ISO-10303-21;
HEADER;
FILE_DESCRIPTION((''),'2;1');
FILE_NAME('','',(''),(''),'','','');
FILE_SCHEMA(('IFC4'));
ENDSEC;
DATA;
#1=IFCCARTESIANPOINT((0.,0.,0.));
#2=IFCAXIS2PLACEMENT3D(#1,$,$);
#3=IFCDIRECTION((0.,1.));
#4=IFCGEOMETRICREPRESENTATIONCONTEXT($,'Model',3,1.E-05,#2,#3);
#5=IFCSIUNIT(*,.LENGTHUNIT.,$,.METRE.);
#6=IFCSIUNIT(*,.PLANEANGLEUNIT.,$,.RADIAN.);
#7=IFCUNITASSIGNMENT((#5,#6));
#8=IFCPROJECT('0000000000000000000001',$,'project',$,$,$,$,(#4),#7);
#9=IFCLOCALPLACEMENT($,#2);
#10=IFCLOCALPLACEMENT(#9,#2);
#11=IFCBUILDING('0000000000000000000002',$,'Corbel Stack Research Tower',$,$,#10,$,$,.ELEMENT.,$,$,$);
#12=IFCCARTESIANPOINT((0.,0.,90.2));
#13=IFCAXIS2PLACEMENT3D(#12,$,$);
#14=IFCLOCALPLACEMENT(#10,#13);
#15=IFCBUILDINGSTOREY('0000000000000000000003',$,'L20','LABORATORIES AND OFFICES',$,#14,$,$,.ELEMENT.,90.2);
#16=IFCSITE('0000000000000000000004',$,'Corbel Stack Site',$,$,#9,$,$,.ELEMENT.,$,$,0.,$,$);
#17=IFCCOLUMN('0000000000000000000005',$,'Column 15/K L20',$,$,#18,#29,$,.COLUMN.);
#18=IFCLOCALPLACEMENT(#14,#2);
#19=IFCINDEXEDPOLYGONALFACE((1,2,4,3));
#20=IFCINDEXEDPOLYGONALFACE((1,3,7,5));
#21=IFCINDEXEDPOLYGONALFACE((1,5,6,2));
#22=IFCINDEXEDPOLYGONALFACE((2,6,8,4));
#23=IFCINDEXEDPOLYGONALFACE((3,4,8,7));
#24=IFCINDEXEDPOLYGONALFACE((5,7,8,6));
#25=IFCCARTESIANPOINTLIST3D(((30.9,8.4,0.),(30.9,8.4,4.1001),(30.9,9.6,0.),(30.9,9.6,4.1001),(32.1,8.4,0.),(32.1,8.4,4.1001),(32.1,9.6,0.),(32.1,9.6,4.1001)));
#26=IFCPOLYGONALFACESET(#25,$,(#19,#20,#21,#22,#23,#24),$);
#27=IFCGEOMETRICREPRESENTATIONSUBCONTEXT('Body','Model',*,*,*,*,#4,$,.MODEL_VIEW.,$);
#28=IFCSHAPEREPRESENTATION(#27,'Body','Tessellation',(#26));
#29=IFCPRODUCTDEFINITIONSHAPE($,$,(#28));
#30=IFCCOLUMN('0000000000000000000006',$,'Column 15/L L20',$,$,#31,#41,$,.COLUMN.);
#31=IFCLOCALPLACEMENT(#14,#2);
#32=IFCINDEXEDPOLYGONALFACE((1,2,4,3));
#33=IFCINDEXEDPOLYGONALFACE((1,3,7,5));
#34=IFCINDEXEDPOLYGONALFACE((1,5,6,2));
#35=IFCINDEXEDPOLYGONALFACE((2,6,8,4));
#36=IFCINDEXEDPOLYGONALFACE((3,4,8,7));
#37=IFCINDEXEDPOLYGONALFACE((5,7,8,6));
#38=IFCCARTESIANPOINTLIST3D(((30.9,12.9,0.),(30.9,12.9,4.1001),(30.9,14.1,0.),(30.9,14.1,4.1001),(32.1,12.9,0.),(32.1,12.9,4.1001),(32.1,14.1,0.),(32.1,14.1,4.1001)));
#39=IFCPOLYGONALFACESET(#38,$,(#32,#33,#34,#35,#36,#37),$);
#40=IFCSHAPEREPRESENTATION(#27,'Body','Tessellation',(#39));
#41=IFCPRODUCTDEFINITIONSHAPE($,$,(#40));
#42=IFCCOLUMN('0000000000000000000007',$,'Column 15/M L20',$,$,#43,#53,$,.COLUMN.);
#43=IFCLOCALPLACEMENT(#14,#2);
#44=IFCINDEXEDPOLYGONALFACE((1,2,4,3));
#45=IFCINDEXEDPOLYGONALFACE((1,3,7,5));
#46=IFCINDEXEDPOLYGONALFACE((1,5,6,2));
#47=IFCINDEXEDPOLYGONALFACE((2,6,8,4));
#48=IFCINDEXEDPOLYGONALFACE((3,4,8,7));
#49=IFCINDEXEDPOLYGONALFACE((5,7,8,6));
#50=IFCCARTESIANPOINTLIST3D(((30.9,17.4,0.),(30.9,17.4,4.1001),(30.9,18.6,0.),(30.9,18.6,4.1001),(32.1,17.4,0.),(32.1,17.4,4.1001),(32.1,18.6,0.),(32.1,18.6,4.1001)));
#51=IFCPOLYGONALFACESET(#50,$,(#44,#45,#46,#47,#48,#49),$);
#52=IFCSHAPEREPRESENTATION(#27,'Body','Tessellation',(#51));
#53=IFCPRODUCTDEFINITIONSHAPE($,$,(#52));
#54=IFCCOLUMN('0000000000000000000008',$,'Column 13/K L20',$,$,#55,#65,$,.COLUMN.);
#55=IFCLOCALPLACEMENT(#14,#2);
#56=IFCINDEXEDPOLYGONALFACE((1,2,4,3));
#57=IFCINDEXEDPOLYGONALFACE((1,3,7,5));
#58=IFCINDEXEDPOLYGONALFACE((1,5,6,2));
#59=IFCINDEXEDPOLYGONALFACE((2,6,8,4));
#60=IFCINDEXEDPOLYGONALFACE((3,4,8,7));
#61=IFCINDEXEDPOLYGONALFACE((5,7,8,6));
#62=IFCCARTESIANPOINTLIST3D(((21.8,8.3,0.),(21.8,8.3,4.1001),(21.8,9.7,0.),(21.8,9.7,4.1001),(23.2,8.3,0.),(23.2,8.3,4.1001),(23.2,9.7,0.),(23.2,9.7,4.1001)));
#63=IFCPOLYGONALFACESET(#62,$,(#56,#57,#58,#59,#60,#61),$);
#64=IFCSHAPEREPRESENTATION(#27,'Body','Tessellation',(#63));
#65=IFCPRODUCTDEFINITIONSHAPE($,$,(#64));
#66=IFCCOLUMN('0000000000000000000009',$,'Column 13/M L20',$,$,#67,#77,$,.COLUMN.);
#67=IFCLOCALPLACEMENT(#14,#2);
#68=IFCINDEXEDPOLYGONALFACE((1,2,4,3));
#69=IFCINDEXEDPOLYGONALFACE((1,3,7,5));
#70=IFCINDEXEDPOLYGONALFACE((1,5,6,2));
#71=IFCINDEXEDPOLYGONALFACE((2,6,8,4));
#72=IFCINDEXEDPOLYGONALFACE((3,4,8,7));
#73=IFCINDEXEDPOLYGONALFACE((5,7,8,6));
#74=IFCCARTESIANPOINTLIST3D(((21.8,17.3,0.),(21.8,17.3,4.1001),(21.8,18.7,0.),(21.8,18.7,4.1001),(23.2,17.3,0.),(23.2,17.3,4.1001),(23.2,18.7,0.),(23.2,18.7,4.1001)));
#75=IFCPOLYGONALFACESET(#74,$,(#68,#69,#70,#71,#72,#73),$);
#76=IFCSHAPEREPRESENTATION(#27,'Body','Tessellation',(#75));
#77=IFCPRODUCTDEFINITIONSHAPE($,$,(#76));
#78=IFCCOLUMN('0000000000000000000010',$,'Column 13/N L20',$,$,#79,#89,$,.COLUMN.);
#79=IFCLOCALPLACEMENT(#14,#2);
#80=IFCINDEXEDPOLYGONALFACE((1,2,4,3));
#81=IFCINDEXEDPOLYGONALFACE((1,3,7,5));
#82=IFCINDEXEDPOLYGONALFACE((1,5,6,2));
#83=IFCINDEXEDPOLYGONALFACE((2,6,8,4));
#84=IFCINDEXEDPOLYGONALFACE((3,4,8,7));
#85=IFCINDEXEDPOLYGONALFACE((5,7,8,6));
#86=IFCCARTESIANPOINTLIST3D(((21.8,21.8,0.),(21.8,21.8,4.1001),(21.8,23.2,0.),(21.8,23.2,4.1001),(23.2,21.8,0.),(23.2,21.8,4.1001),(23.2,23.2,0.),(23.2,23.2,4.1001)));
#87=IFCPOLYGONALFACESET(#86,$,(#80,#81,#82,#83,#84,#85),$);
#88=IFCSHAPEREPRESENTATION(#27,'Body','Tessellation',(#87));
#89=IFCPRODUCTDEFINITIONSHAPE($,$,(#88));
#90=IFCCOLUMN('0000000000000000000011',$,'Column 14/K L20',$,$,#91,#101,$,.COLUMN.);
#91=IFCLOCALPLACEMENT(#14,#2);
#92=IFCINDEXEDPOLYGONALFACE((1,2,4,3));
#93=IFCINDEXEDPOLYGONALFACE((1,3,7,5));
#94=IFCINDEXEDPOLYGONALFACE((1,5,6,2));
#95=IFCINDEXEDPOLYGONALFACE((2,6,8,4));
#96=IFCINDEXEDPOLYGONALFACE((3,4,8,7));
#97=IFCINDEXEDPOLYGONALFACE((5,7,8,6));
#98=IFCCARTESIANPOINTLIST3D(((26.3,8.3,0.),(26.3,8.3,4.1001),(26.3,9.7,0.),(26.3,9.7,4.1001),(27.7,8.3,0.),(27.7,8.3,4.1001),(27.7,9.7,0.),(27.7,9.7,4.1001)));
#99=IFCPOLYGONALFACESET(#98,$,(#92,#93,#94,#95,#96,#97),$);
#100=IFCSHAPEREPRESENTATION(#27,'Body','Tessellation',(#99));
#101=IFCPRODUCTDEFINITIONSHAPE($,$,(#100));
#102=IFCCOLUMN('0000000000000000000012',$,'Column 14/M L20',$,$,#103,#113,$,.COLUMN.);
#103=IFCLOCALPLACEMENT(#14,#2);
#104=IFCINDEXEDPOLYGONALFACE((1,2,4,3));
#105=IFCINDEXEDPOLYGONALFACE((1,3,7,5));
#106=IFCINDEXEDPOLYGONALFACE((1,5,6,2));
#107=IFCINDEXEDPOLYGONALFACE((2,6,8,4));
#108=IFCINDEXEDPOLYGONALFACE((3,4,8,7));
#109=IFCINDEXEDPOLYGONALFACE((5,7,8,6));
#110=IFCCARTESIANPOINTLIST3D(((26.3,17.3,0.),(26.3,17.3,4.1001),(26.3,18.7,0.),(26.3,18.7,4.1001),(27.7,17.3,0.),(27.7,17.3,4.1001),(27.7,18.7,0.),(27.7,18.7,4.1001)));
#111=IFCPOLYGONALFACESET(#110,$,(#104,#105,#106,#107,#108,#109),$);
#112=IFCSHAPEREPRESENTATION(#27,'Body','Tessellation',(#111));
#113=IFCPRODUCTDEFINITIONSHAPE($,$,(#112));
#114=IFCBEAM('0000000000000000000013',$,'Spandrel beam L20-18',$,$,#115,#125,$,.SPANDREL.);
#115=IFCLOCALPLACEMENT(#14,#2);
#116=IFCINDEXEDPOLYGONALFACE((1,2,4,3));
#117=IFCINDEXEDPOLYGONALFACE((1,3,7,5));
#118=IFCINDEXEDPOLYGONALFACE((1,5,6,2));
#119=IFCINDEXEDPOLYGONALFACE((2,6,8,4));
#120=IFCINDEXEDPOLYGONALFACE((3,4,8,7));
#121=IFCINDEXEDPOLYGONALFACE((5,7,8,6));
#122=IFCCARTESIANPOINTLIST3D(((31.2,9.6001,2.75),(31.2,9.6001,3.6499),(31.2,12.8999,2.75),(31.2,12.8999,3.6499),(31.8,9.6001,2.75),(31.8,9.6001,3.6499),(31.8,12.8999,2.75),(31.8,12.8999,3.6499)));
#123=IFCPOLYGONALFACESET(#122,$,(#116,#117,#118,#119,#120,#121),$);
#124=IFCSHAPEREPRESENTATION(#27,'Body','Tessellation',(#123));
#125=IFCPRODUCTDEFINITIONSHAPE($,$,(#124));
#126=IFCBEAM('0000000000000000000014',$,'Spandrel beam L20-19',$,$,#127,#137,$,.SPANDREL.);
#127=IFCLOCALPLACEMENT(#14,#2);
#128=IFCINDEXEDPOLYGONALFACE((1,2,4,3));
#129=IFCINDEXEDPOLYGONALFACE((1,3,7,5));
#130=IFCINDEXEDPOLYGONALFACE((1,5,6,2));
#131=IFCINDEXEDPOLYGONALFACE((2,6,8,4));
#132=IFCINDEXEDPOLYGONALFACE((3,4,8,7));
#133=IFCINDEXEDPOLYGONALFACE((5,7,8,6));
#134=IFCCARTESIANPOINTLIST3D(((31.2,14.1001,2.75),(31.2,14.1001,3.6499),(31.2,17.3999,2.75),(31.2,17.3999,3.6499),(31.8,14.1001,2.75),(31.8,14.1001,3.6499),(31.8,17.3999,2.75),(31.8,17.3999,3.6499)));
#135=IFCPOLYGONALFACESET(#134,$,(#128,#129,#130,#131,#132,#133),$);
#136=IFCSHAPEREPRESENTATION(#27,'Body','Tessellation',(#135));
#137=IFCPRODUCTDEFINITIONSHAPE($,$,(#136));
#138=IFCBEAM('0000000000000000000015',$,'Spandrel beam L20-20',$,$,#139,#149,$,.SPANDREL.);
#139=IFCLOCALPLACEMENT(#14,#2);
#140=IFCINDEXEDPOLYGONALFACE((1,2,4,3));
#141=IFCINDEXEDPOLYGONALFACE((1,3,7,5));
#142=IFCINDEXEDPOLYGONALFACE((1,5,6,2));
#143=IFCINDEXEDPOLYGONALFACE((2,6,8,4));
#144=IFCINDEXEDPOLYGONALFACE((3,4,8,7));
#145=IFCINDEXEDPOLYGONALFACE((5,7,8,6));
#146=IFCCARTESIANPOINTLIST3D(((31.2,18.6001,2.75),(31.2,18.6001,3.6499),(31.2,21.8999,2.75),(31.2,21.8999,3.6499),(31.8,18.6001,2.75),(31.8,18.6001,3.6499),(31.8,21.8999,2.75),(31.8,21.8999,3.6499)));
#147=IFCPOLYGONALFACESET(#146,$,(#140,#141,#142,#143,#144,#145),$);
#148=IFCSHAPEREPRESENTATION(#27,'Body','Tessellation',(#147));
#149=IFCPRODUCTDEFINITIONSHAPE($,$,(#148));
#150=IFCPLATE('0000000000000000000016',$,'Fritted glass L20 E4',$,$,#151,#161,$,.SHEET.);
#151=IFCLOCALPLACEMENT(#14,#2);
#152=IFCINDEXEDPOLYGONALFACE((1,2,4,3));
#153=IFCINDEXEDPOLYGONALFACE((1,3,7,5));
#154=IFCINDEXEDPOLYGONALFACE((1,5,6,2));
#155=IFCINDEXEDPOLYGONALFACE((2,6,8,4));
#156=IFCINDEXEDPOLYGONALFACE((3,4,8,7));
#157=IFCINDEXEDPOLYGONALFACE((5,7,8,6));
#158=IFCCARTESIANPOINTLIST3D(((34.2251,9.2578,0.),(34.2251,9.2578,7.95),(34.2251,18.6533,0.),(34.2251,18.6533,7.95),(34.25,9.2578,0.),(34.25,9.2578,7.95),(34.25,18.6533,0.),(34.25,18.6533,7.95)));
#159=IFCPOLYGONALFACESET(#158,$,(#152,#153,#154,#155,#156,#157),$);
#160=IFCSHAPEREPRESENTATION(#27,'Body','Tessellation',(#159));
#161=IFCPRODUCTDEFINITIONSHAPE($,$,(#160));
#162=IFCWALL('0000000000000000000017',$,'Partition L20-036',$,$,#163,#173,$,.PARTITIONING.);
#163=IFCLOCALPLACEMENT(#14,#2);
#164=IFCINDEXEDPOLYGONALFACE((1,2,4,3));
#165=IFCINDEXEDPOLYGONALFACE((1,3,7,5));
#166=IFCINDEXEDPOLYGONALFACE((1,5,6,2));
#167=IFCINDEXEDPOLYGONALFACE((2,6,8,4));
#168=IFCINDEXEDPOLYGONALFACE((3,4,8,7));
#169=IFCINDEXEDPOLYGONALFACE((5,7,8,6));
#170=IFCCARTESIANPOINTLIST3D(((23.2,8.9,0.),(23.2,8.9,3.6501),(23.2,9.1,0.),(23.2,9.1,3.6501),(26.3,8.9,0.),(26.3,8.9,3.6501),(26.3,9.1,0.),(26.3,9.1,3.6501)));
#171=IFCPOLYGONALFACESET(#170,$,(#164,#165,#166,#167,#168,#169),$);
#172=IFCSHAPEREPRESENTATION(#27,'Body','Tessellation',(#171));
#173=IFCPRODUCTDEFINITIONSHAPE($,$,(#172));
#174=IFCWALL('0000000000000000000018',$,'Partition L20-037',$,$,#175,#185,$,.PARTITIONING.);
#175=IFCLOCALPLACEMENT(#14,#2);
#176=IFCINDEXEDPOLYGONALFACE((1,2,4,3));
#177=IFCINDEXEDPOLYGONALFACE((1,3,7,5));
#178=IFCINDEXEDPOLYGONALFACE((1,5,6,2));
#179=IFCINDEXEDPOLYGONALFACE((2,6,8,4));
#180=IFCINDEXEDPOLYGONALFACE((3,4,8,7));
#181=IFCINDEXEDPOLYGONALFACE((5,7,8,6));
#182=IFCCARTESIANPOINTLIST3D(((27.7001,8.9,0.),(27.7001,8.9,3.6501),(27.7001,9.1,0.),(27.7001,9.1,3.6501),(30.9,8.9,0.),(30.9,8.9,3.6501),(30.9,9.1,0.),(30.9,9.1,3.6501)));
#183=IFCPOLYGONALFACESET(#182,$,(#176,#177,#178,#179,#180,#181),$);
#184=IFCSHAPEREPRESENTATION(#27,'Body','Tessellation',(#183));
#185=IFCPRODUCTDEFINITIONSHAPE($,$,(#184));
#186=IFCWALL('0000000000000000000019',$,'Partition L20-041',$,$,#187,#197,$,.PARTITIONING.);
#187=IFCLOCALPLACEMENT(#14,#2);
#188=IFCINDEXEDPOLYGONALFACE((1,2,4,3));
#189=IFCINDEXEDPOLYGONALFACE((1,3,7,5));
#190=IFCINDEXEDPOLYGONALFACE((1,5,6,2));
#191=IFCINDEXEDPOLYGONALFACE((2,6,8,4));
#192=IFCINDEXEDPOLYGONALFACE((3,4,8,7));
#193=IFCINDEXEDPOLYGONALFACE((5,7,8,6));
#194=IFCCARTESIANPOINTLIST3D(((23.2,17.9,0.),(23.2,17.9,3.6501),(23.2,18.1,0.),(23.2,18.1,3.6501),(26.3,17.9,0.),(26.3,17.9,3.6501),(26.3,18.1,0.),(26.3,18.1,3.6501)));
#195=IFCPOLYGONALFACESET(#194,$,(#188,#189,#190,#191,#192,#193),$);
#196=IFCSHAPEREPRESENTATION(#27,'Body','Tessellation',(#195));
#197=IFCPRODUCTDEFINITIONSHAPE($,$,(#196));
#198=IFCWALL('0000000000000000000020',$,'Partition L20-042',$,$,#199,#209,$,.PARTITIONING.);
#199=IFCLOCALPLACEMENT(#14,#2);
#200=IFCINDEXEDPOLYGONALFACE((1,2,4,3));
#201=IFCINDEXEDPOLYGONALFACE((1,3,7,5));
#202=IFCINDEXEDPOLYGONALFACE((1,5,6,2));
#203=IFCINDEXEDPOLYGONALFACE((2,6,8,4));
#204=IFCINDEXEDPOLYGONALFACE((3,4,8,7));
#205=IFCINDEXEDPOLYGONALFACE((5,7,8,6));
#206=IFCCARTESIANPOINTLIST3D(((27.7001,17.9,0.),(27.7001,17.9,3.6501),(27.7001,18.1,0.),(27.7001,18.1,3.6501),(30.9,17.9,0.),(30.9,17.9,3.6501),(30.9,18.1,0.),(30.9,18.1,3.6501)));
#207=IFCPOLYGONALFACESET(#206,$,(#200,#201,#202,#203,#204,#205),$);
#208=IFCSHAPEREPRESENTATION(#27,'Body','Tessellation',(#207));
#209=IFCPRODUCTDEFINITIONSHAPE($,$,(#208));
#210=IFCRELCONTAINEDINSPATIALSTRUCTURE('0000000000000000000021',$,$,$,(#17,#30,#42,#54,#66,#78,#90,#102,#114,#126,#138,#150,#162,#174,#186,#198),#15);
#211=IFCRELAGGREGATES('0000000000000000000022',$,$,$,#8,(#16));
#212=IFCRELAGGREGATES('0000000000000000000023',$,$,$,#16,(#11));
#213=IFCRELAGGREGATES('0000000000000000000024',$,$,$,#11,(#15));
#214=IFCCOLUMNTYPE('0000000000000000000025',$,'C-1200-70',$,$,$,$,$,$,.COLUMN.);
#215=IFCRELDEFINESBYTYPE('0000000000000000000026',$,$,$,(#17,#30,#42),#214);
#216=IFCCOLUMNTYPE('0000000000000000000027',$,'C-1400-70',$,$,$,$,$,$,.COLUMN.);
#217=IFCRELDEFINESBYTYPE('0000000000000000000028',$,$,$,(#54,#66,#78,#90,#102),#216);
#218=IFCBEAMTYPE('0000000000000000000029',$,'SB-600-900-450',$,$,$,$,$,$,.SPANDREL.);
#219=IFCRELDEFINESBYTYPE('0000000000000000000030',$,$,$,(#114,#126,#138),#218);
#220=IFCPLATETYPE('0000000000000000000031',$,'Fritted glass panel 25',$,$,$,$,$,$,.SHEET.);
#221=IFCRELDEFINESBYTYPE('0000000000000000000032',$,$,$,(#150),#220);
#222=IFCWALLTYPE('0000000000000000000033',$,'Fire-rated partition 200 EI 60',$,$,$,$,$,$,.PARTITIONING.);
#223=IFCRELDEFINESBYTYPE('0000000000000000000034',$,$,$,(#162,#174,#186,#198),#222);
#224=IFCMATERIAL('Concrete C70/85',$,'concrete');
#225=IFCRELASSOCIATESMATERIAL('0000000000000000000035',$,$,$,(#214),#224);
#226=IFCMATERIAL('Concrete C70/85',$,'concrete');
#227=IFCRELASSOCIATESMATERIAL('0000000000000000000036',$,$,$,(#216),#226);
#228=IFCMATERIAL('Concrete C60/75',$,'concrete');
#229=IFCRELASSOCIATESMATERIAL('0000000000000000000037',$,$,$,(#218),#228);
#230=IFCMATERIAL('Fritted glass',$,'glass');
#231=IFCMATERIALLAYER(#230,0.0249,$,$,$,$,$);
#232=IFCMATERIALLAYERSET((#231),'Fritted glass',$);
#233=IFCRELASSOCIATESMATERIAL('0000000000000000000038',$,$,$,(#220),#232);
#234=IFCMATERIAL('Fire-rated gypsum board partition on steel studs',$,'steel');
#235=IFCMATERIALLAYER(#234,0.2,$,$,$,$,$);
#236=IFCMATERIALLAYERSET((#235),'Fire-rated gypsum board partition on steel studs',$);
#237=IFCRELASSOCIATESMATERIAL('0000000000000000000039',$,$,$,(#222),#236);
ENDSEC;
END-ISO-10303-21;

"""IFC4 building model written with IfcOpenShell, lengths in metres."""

from ifc_helpers import new_model, si_unit, direction, frame, frame_2d, origin, origin_2d, place, context, subcontext, project, spatial, rectangle, extrude, material, layer, layer_set, material_profile, profile_set, type_object, element, save


model = new_model("IFC4")

# Units and contexts
model_context = context("Model", 3, precision=1e-05, world=origin(), true_north=direction((0.0, 1.0)))
body_context = subcontext(model_context, "Body", "Model", "MODEL_VIEW")
ifc_project = project(units=[si_unit("LENGTHUNIT", "METRE"), si_unit("PLANEANGLEUNIT", "RADIAN")], contexts=[model_context])

# Site, building, storey
site_placement = place(None, origin())
site = spatial("IfcSite", under=ifc_project, at=site_placement, Name="Corbel Stack Site", CompositionType="ELEMENT", RefElevation=0.0)
building_placement = place(site_placement, origin())
building = spatial("IfcBuilding", under=site, at=building_placement, Name="Corbel Stack Research Tower", CompositionType="ELEMENT")
storey_placement = place(building_placement, frame((0.0, 0.0, 90.2)))
storey = spatial("IfcBuildingStorey", under=building, at=storey_placement, Name="L20", Description="LABORATORIES AND OFFICES", CompositionType="ELEMENT", Elevation=90.2)

# Columns
ifc_material_1 = material(Name="Concrete C70/85", Category="concrete")
ifc_material_profile_1 = material_profile(ifc_material_1, rectangle(XDim=1.2, YDim=1.2, at=origin_2d()), Name="RC 1200 x 1200")
ifc_profile_set_1 = profile_set([ifc_material_profile_1], Name="Concrete C70/85")
column_type_1 = type_object("IfcColumnType", Name="C-1200-70", PredefinedType="COLUMN", material=ifc_profile_set_1)
for number, where, z_axis, x_axis, name in (
    (1, (31.5, 9.0, 0.0), (0.0, 0.0, 1.0), (1.0, 0.0, 0.0), "Column 15/K L20"),
    (2, (31.5, 13.5, 0.0), (0.0, 0.0, 1.0), (1.0, 0.0, 0.0), "Column 15/L L20"),
    (3, (31.5, 18.0, 0.0), (0.0, 0.0, 1.0), (1.0, 0.0, 0.0), "Column 15/M L20"),
):
    element("IfcColumn", number, at=place(storey_placement, frame(where, z_axis=z_axis, x_axis=x_axis)), inside=storey, type_object=column_type_1, Name=name, PredefinedType="COLUMN", context=body_context, shape_type="SweptSolid", body=[
        extrude(rectangle(XDim=1.2, YDim=1.2, at=origin_2d()), origin(), (0.0, 0.0, 1.0), 4.1001),
    ])
ifc_material_2 = material(Name="Concrete C70/85", Category="concrete")
ifc_material_profile_2 = material_profile(ifc_material_2, rectangle(XDim=1.3999, YDim=1.3999, at=origin_2d()), Name="RC 1400 x 1400")
ifc_profile_set_2 = profile_set([ifc_material_profile_2], Name="Concrete C70/85")
column_type_2 = type_object("IfcColumnType", Name="C-1400-70", PredefinedType="COLUMN", material=ifc_profile_set_2)
for number, where, z_axis, x_axis, name in (
    (4, (22.5, 9.0, 0.0), (0.0, 0.0, 1.0), (1.0, 0.0, 0.0), "Column 13/K L20"),
    (5, (22.5, 18.0, 0.0), (0.0, 0.0, 1.0), (1.0, 0.0, 0.0), "Column 13/M L20"),
    (6, (22.5, 22.5, 0.0), (0.0, 0.0, 1.0), (1.0, 0.0, 0.0), "Column 13/N L20"),
    (7, (27.0, 9.0, 0.0), (0.0, 0.0, 1.0), (1.0, 0.0, 0.0), "Column 14/K L20"),
    (8, (27.0, 18.0, 0.0), (0.0, 0.0, 1.0), (1.0, 0.0, 0.0), "Column 14/M L20"),
):
    element("IfcColumn", number, at=place(storey_placement, frame(where, z_axis=z_axis, x_axis=x_axis)), inside=storey, type_object=column_type_2, Name=name, PredefinedType="COLUMN", context=body_context, shape_type="SweptSolid", body=[
        extrude(rectangle(XDim=1.3999, YDim=1.3999, at=origin_2d()), origin(), (0.0, 0.0, 1.0), 4.1001),
    ])

# Beams
ifc_material_3 = material(Name="Concrete C60/75", Category="concrete")
ifc_material_profile_3 = material_profile(ifc_material_3, rectangle(XDim=0.6001, YDim=0.8999, at=origin_2d()), Name="RC 600 x 900")
ifc_profile_set_3 = profile_set([ifc_material_profile_3], Name="Concrete C60/75")
beam_type = type_object("IfcBeamType", Name="SB-600-900-450", PredefinedType="SPANDREL", material=ifc_profile_set_3)
for number, where, z_axis, x_axis, name in (
    (9, (31.5, 9.6001, 3.2), (0.0, 1.0, 0.0), (-1.0, 0.0, 0.0), "Spandrel beam L20-18"),
    (10, (31.5, 14.1001, 3.2), (0.0, 1.0, 0.0), (-1.0, 0.0, 0.0), "Spandrel beam L20-19"),
    (11, (31.5, 18.6001, 3.2), (0.0, 1.0, 0.0), (-1.0, 0.0, 0.0), "Spandrel beam L20-20"),
):
    element("IfcBeam", number, at=place(storey_placement, frame(where, z_axis=z_axis, x_axis=x_axis)), inside=storey, type_object=beam_type, Name=name, PredefinedType="SPANDREL", context=body_context, shape_type="SweptSolid", body=[
        extrude(rectangle(XDim=0.6001, YDim=0.8999, at=origin_2d()), origin(), (0.0, 0.0, 1.0), 3.2998),
    ])

# Plate
ifc_material_4 = material(Name="Fritted glass", Category="glass")
ifc_layer_1 = layer(ifc_material_4, 0.0249)
ifc_layer_set_1 = layer_set([ifc_layer_1], Name="Fritted glass")
plate_type = type_object("IfcPlateType", Name="Fritted glass panel 25", PredefinedType="SHEET", material=ifc_layer_set_1)
plate_placement = place(storey_placement, frame((34.2375, 13.9556, 0.0), z_axis=(0.0, 0.0, 1.0), x_axis=(0.0, 1.0, 0.0)))
element("IfcPlate", 12, at=plate_placement, inside=storey, type_object=plate_type, Name="Fritted glass L20 E4", PredefinedType="SHEET", context=body_context, shape_type="SweptSolid", body=[
    extrude(rectangle(XDim=9.3955, YDim=0.0249, at=origin_2d()), origin(), (0.0, 0.0, 1.0), 7.95),
])

# Walls
ifc_material_5 = material(Name="Fire-rated gypsum board partition on steel studs", Category="steel")
ifc_layer_2 = layer(ifc_material_5, 0.2)
ifc_layer_set_2 = layer_set([ifc_layer_2], Name="Fire-rated gypsum board partition on steel studs")
wall_type_1 = type_object("IfcWallType", Name="Fire-rated partition 200 EI 60", PredefinedType="PARTITIONING", material=ifc_layer_set_2)
wall_1_placement = place(storey_placement, frame((23.2, 9.0, 0.0), z_axis=(0.0, 0.0, 1.0), x_axis=(1.0, 0.0, 0.0)))
element("IfcWall", 13, at=wall_1_placement, inside=storey, type_object=wall_type_1, Name="Partition L20-036", PredefinedType="PARTITIONING", context=body_context, shape_type="SweptSolid", body=[
    extrude(rectangle(XDim=3.1001, YDim=0.2, at=frame_2d((1.55, 0.0))), origin(), (0.0, 0.0, 1.0), 3.6501),
])
wall_2_placement = place(storey_placement, frame((27.7, 9.0, 0.0), z_axis=(0.0, 0.0, 1.0), x_axis=(1.0, 0.0, 0.0)))
element("IfcWall", 14, at=wall_2_placement, inside=storey, type_object=wall_type_1, Name="Partition L20-037", PredefinedType="PARTITIONING", context=body_context, shape_type="SweptSolid", body=[
    extrude(rectangle(XDim=3.2, YDim=0.2, at=frame_2d((1.6001, 0.0))), origin(), (0.0, 0.0, 1.0), 3.6501),
])
wall_3_placement = place(storey_placement, frame((23.2, 18.0, 0.0), z_axis=(0.0, 0.0, 1.0), x_axis=(1.0, 0.0, 0.0)))
element("IfcWall", 15, at=wall_3_placement, inside=storey, type_object=wall_type_1, Name="Partition L20-041", PredefinedType="PARTITIONING", context=body_context, shape_type="SweptSolid", body=[
    extrude(rectangle(XDim=3.1001, YDim=0.2, at=frame_2d((1.55, 0.0))), origin(), (0.0, 0.0, 1.0), 3.6501),
])
wall_4_placement = place(storey_placement, frame((27.7, 18.0, 0.0), z_axis=(0.0, 0.0, 1.0), x_axis=(1.0, 0.0, 0.0)))
element("IfcWall", 16, at=wall_4_placement, inside=storey, type_object=wall_type_1, Name="Partition L20-042", PredefinedType="PARTITIONING", context=body_context, shape_type="SweptSolid", body=[
    extrude(rectangle(XDim=3.2, YDim=0.2, at=frame_2d((1.6001, 0.0))), origin(), (0.0, 0.0, 1.0), 3.6501),
])

save(model, "model.ifc")
